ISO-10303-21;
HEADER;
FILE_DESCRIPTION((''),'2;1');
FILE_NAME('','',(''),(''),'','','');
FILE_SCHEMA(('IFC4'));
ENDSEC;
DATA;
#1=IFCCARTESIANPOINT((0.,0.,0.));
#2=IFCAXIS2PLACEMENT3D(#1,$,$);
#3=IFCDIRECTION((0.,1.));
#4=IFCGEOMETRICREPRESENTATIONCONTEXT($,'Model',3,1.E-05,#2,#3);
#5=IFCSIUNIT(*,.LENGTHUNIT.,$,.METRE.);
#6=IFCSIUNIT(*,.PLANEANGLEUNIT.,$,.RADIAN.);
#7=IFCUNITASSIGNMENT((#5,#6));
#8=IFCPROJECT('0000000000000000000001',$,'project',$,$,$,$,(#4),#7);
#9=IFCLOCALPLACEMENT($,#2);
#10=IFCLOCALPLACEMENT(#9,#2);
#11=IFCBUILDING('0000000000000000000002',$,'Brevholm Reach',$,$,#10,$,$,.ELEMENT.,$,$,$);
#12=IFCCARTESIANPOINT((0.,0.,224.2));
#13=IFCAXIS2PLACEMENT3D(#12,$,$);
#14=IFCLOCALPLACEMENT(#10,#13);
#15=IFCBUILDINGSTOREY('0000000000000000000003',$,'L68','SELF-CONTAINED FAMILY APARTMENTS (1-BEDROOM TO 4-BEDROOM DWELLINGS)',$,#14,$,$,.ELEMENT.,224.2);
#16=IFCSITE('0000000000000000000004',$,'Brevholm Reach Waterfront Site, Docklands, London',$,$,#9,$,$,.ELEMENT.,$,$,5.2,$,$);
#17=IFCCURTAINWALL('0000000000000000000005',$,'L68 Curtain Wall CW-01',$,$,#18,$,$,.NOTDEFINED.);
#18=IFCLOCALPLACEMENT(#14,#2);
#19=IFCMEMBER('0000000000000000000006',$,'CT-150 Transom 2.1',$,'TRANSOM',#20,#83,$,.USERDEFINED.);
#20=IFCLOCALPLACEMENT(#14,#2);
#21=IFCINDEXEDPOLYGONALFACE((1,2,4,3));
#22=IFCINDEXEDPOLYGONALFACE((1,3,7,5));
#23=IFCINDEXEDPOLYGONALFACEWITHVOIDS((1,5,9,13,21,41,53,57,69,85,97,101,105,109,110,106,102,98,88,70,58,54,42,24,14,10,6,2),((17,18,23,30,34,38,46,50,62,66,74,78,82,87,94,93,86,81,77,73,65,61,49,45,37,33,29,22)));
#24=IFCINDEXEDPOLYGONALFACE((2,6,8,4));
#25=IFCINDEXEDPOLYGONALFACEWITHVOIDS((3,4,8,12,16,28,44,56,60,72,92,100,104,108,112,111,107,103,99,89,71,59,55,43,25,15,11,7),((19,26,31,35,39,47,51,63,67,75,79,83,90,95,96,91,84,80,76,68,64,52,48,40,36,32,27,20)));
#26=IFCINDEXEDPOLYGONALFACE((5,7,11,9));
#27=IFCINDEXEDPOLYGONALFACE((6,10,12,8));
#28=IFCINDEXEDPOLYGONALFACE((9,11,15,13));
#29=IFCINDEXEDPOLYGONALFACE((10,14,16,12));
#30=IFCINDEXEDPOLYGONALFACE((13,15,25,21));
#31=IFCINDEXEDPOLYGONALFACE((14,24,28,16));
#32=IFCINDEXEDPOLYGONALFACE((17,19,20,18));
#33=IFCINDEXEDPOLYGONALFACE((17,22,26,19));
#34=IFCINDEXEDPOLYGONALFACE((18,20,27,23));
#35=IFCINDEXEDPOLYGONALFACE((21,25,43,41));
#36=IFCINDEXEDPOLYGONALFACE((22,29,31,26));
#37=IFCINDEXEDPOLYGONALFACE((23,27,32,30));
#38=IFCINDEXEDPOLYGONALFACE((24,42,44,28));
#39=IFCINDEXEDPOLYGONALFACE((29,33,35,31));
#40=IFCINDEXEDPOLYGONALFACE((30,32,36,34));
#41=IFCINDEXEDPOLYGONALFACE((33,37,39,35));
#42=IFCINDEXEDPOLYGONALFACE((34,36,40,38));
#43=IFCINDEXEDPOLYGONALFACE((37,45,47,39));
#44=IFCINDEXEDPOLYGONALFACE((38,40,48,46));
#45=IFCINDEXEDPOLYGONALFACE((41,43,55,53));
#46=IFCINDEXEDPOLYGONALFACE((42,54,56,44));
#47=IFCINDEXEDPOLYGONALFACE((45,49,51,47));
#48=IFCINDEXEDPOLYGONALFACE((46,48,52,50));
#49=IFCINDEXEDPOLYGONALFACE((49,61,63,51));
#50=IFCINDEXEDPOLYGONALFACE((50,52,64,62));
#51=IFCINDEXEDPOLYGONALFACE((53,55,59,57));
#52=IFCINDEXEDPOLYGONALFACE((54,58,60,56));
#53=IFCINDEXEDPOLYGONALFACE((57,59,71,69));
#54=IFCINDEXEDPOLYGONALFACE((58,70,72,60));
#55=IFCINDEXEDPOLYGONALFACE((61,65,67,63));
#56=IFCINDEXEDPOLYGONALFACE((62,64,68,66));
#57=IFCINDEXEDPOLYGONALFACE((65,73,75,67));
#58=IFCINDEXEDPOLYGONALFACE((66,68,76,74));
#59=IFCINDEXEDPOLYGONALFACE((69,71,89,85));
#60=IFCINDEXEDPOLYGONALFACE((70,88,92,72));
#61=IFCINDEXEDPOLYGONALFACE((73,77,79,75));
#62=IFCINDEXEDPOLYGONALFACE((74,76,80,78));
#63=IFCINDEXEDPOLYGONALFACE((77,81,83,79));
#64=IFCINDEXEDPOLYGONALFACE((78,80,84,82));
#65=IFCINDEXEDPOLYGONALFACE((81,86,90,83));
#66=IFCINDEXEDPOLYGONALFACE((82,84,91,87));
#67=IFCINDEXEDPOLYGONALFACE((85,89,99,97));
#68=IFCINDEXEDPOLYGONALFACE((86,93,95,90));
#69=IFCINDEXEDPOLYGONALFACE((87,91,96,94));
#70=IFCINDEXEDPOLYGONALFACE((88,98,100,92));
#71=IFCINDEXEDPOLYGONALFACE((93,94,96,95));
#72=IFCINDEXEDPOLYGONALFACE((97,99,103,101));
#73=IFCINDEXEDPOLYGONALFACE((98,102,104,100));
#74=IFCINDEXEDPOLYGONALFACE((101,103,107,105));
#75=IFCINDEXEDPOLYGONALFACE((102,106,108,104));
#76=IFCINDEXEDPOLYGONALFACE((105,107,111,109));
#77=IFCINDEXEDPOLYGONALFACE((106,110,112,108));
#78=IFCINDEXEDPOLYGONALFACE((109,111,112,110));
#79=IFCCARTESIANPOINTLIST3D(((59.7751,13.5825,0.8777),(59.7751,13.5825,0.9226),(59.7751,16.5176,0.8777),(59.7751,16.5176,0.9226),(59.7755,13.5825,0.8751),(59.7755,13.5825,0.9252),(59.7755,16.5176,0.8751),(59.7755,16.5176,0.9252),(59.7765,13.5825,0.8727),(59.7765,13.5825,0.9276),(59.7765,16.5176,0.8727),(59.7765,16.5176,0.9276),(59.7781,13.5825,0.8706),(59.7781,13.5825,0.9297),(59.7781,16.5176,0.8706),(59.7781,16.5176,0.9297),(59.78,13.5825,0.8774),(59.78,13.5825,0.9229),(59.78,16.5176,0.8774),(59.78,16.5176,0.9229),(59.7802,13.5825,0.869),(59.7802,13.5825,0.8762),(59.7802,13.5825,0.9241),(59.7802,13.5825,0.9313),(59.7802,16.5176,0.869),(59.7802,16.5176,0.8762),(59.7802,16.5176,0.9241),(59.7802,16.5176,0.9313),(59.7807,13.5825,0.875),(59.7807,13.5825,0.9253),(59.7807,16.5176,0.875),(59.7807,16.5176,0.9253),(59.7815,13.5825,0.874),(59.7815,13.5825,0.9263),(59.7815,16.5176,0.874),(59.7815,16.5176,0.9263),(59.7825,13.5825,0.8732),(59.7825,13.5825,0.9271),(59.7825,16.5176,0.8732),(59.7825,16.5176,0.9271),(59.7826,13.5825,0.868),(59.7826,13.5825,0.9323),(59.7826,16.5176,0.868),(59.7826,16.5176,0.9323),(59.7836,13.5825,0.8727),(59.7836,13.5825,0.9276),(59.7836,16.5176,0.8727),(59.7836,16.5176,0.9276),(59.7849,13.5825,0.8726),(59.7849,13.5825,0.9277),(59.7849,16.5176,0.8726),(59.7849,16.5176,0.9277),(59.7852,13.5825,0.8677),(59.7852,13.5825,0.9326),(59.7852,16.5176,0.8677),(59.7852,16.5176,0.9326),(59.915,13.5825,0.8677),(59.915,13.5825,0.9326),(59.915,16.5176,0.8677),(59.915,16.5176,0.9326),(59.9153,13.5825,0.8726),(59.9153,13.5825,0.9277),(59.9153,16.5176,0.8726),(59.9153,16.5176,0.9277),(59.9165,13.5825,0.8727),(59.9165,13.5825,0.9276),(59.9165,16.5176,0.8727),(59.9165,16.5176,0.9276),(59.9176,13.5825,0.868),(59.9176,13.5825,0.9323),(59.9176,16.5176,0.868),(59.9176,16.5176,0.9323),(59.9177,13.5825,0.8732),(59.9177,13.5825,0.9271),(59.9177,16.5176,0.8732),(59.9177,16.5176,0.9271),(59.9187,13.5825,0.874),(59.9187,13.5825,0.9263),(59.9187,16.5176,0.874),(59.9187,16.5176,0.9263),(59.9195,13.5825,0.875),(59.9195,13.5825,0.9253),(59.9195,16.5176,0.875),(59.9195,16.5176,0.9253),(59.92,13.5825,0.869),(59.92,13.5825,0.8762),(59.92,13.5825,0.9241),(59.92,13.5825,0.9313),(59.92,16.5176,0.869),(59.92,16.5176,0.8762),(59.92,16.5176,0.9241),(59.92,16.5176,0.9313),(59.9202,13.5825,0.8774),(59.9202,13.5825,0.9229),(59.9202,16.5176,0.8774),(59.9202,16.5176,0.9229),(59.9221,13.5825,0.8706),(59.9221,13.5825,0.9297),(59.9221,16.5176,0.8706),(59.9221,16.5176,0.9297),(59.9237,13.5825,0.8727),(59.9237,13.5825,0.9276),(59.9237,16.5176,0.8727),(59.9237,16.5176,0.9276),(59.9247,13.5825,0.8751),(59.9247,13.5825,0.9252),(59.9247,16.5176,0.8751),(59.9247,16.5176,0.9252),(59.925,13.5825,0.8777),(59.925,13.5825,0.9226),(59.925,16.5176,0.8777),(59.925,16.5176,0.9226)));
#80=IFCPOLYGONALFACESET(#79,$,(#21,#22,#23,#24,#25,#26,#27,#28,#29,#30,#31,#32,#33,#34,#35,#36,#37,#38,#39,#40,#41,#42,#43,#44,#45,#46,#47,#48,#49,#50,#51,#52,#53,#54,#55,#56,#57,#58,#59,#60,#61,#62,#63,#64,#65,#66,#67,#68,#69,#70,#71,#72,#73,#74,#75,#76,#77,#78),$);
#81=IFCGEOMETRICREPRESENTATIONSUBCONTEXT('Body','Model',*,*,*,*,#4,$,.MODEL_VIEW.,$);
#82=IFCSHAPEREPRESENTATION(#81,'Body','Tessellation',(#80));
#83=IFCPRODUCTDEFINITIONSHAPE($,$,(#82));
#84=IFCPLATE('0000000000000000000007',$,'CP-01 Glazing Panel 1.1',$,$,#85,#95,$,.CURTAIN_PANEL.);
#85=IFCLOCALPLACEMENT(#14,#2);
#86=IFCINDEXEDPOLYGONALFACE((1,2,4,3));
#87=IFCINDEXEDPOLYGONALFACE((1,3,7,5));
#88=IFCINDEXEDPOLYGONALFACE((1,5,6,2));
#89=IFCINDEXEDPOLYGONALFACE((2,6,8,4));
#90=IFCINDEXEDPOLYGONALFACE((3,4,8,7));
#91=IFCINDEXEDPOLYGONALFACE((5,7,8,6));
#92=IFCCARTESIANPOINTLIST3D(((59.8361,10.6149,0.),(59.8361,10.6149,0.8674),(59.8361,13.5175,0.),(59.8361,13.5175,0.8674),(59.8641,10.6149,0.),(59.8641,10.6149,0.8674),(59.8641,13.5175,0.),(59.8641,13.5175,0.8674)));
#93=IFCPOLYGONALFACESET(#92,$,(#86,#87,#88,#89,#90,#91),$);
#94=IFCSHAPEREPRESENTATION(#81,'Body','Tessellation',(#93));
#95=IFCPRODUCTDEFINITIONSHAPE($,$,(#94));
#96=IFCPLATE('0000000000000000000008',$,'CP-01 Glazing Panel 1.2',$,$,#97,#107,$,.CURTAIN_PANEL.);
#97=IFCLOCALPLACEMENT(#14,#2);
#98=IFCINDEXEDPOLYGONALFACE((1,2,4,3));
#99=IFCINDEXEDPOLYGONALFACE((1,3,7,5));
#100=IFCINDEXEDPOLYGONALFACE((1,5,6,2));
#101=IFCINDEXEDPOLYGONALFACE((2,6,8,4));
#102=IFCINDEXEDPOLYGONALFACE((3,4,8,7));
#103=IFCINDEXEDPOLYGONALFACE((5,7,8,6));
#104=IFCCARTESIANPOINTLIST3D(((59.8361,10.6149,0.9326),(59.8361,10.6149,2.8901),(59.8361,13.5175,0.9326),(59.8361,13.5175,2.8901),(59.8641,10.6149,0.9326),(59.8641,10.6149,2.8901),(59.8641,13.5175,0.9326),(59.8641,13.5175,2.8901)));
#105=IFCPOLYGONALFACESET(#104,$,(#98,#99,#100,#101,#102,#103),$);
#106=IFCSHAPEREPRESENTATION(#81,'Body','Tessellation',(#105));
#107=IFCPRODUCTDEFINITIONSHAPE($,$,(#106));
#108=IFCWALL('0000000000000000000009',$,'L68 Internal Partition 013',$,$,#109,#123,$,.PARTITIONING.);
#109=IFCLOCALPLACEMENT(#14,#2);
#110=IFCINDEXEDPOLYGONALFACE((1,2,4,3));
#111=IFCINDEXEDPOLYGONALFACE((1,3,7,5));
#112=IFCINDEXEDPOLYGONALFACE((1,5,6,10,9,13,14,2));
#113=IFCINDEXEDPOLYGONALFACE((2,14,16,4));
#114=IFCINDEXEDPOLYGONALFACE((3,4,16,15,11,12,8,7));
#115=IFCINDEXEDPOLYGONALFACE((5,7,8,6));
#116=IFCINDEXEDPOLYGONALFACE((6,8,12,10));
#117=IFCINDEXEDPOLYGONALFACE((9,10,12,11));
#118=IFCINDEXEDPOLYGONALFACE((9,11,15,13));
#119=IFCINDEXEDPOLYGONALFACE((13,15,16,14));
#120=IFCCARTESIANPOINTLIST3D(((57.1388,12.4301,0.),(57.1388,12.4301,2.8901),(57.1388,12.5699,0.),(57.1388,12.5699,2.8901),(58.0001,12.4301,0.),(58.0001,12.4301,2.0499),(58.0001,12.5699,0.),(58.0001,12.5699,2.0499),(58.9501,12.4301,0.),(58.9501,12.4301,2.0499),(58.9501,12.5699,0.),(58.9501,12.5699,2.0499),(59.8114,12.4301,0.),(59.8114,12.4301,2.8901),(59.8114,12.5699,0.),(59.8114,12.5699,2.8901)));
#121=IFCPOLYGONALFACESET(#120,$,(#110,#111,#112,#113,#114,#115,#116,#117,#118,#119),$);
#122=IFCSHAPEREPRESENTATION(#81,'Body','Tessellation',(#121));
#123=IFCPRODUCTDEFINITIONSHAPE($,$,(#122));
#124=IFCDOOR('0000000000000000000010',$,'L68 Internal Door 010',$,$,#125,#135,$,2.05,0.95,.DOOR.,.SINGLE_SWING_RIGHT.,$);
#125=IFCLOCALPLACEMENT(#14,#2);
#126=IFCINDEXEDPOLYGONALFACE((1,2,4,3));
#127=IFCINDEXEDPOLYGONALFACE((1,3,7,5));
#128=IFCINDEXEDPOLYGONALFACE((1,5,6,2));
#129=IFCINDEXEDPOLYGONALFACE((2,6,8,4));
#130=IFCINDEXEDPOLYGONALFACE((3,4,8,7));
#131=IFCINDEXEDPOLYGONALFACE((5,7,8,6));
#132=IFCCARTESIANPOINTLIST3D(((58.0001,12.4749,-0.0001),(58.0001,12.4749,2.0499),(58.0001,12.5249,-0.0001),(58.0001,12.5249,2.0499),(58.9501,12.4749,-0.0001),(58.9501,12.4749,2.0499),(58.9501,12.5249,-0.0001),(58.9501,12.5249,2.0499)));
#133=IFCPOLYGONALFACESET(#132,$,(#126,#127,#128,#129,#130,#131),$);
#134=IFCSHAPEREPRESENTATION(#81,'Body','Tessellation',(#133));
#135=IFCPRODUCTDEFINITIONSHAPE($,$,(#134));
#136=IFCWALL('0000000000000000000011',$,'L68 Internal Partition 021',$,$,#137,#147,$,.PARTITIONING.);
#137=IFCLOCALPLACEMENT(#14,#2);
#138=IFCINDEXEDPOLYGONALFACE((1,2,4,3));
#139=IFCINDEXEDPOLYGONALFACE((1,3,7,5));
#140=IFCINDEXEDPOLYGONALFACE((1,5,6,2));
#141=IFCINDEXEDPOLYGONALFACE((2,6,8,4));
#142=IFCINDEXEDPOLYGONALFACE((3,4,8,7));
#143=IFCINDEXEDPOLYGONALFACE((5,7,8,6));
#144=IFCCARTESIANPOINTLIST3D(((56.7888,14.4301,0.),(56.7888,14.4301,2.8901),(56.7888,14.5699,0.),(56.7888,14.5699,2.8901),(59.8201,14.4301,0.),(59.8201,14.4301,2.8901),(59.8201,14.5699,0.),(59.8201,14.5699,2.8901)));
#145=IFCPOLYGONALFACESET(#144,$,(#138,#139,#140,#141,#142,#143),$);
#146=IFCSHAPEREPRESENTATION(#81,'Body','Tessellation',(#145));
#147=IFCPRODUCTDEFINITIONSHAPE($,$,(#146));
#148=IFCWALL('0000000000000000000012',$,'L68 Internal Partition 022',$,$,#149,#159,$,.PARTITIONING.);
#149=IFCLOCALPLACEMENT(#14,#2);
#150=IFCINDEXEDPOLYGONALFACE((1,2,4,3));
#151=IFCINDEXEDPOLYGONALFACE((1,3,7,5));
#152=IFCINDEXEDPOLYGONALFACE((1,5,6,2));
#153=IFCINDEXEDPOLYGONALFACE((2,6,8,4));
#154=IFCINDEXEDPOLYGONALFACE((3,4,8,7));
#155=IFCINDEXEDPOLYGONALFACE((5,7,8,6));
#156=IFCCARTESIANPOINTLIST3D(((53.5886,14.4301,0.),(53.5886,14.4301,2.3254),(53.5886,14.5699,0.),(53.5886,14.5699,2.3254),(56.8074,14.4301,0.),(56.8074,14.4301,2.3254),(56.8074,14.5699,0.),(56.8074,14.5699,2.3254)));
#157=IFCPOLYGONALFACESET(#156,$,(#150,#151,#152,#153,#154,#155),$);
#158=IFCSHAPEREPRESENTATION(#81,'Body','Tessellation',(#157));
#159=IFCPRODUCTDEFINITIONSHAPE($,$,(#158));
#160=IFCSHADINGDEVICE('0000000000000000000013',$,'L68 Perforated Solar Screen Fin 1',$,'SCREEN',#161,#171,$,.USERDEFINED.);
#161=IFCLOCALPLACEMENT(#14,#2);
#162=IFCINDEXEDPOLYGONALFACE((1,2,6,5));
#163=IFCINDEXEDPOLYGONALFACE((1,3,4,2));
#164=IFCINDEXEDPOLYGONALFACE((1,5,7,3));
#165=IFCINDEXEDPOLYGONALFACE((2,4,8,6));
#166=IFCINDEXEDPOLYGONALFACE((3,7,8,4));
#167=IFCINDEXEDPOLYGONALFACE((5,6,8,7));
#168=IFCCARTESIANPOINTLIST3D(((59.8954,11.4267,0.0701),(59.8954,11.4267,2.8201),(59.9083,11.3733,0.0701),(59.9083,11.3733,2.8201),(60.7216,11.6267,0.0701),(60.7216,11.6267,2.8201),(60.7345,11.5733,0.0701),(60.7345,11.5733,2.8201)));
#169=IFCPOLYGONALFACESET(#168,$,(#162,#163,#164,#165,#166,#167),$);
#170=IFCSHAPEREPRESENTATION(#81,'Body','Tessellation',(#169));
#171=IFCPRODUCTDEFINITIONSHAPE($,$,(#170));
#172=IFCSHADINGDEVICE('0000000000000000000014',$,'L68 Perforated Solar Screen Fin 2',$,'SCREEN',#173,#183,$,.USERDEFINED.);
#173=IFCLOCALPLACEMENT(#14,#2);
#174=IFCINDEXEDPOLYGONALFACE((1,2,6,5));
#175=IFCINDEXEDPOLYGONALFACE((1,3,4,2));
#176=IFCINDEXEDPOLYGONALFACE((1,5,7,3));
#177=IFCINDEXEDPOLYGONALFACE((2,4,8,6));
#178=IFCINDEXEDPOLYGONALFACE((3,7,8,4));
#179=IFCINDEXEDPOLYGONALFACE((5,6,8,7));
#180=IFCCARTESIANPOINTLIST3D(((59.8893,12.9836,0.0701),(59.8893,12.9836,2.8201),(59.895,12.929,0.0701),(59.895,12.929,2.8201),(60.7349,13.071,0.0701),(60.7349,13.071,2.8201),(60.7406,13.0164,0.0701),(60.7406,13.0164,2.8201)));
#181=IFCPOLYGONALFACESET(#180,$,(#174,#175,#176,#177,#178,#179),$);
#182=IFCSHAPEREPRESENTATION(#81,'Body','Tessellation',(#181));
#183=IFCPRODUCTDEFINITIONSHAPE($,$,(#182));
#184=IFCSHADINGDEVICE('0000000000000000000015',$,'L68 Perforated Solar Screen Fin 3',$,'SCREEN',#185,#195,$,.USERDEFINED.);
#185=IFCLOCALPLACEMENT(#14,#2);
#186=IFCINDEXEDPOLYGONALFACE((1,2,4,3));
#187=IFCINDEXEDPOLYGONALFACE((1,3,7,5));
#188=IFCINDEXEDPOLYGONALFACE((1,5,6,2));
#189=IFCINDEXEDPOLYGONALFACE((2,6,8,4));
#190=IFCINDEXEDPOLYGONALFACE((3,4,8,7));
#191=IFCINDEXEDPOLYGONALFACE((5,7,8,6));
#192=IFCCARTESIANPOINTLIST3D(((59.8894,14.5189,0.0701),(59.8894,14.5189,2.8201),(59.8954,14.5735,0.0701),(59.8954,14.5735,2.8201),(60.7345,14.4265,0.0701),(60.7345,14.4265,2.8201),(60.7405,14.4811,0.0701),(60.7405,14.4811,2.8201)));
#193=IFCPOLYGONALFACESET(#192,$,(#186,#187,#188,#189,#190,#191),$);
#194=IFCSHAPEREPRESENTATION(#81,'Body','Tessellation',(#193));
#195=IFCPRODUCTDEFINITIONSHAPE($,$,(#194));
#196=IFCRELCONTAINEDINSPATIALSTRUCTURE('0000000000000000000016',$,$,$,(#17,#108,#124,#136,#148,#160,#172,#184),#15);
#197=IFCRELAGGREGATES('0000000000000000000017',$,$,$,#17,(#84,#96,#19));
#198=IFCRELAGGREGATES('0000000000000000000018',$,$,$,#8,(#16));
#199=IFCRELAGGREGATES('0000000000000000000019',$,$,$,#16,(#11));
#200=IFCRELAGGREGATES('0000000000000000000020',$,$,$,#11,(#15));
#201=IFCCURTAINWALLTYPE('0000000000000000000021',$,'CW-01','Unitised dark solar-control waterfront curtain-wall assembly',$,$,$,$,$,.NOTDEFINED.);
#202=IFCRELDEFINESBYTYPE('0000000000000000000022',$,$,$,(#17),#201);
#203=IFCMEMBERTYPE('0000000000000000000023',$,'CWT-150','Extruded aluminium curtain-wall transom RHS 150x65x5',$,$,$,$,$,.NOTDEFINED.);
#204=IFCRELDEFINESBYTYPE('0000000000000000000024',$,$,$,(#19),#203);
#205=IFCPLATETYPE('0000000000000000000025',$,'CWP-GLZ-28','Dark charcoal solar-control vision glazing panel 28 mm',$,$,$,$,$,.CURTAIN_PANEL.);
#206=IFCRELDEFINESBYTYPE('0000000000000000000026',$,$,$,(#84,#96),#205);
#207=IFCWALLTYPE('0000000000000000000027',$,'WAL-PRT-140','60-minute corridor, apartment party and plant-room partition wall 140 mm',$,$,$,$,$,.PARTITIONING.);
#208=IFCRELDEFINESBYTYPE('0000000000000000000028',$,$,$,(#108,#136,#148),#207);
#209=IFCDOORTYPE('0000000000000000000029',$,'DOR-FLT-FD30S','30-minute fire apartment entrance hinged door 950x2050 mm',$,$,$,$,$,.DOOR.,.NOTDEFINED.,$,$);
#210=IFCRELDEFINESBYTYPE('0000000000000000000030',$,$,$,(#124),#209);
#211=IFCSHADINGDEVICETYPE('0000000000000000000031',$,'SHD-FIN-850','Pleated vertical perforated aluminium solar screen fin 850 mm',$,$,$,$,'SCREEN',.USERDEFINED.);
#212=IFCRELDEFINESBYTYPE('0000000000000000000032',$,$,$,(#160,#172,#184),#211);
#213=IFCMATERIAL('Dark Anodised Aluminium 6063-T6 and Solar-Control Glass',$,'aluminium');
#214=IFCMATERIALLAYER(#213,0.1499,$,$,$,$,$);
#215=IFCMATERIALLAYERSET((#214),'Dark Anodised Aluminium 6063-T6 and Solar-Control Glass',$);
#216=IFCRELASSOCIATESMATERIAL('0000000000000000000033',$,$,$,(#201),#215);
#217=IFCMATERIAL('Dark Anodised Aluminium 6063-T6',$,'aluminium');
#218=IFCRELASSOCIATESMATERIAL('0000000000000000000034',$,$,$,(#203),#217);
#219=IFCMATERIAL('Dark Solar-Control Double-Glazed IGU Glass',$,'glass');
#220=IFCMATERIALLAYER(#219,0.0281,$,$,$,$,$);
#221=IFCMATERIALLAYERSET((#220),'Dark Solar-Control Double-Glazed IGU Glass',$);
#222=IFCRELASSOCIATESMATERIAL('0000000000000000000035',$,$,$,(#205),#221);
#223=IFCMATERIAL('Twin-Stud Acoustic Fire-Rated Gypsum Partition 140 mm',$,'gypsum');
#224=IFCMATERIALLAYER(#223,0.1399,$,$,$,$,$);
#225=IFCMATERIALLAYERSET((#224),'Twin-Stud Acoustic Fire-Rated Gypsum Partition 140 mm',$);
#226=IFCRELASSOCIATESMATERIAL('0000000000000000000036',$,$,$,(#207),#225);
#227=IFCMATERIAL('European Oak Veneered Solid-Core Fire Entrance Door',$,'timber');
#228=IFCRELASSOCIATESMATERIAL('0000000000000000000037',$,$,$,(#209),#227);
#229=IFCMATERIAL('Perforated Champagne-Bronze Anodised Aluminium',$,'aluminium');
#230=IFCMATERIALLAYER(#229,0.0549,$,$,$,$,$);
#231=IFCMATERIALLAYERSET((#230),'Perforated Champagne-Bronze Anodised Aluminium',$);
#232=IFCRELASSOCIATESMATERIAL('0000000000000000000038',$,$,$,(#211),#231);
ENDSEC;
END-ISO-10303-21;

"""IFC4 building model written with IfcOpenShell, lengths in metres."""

from ifc_helpers import new_model, si_unit, direction, frame, frame_2d, origin, origin_2d, place, context, subcontext, project, spatial, rectangle, hollow_rectangle, extrude, material, layer, layer_set, material_profile, profile_set, type_object, element, fill, aggregate, save


model = new_model("IFC4")

# Units and contexts
model_context = context("Model", 3, precision=1e-05, world=origin(), true_north=direction((0.0, 1.0)))
body_context = subcontext(model_context, "Body", "Model", "MODEL_VIEW")
ifc_project = project(units=[si_unit("LENGTHUNIT", "METRE"), si_unit("PLANEANGLEUNIT", "RADIAN")], contexts=[model_context])

# Site, building, storey
site_placement = place(None, origin())
site = spatial("IfcSite", under=ifc_project, at=site_placement, Name="Brevholm Reach Waterfront Site, Docklands, London", CompositionType="ELEMENT", RefElevation=5.2)
building_placement = place(site_placement, origin())
building = spatial("IfcBuilding", under=site, at=building_placement, Name="Brevholm Reach", CompositionType="ELEMENT")
storey_placement = place(building_placement, frame((0.0, 0.0, 224.2)))
storey = spatial("IfcBuildingStorey", under=building, at=storey_placement, Name="L68", Description="SELF-CONTAINED FAMILY APARTMENTS (1-BEDROOM TO 4-BEDROOM DWELLINGS)", CompositionType="ELEMENT", Elevation=224.2)

# Curtain wall, member, plates
ifc_material_1 = material(Name="Dark Anodised Aluminium 6063-T6 and Solar-Control Glass", Category="aluminium")
ifc_layer_1 = layer(ifc_material_1, 0.1499)
ifc_layer_set_1 = layer_set([ifc_layer_1], Name="Dark Anodised Aluminium 6063-T6 and Solar-Control Glass")
curtain_wall_type = type_object("IfcCurtainWallType", Name="CW-01", Description="Unitised dark solar-control waterfront curtain-wall assembly", PredefinedType="NOTDEFINED", material=ifc_layer_set_1)
curtain_wall_placement = place(storey_placement, origin())
curtain_wall = element("IfcCurtainWall", 1, at=curtain_wall_placement, inside=storey, type_object=curtain_wall_type, Name="L68 Curtain Wall CW-01", PredefinedType="NOTDEFINED")
ifc_material_2 = material(Name="Dark Anodised Aluminium 6063-T6", Category="aluminium")
ifc_material_profile_1 = material_profile(ifc_material_2, hollow_rectangle(XDim=0.0649, YDim=0.1499, WallThickness=0.0049, InnerFilletRadius=0.0049, OuterFilletRadius=0.01, at=origin_2d()), Name="RHS 150x65x5")
ifc_profile_set_1 = profile_set([ifc_material_profile_1], Name="Dark Anodised Aluminium 6063-T6")
member_type_1 = type_object("IfcMemberType", Name="CWT-150", Description="Extruded aluminium curtain-wall transom RHS 150x65x5", PredefinedType="NOTDEFINED", material=ifc_profile_set_1)
member_1_placement = place(storey_placement, frame((59.8501, 13.5825, 0.9001), z_axis=(0.0, 1.0, 0.0), x_axis=(0.0, 0.0, 1.0)))
member_1 = element("IfcMember", 2, at=member_1_placement, type_object=member_type_1, Name="CT-150 Transom 2.1", ObjectType="TRANSOM", PredefinedType="USERDEFINED", context=body_context, shape_type="SweptSolid", body=[
    extrude(hollow_rectangle(XDim=0.0649, YDim=0.1499, WallThickness=0.0049, InnerFilletRadius=0.0049, OuterFilletRadius=0.01, at=origin_2d()), origin(), (0.0, 0.0, 1.0), 2.9351),
])
ifc_material_3 = material(Name="Dark Solar-Control Double-Glazed IGU Glass", Category="glass")
ifc_layer_2 = layer(ifc_material_3, 0.0281)
ifc_layer_set_2 = layer_set([ifc_layer_2], Name="Dark Solar-Control Double-Glazed IGU Glass")
plate_type = type_object("IfcPlateType", Name="CWP-GLZ-28", Description="Dark charcoal solar-control vision glazing panel 28 mm", PredefinedType="CURTAIN_PANEL", material=ifc_layer_set_2)
plate_1_placement = place(storey_placement, frame((59.8501, 12.0662, 0.0), z_axis=(0.0, 0.0, 1.0), x_axis=(0.0, 1.0, 0.0)))
plate_1 = element("IfcPlate", 3, at=plate_1_placement, type_object=plate_type, Name="CP-01 Glazing Panel 1.1", PredefinedType="CURTAIN_PANEL", context=body_context, shape_type="SweptSolid", body=[
    extrude(rectangle(XDim=2.9026, YDim=0.0281, at=origin_2d()), origin(), (0.0, 0.0, 1.0), 0.8674),
])
plate_2_placement = place(storey_placement, frame((59.8501, 12.0662, 0.9326), z_axis=(0.0, 0.0, 1.0), x_axis=(0.0, 1.0, 0.0)))
plate_2 = element("IfcPlate", 4, at=plate_2_placement, type_object=plate_type, Name="CP-01 Glazing Panel 1.2", PredefinedType="CURTAIN_PANEL", context=body_context, shape_type="SweptSolid", body=[
    extrude(rectangle(XDim=2.9026, YDim=0.0281, at=origin_2d()), origin(), (0.0, 0.0, 1.0), 1.9575),
])
aggregate(curtain_wall, [plate_1, plate_2, member_1])

# Wall, opening, door
ifc_material_4 = material(Name="Twin-Stud Acoustic Fire-Rated Gypsum Partition 140 mm", Category="gypsum")
ifc_layer_3 = layer(ifc_material_4, 0.1399)
ifc_layer_set_3 = layer_set([ifc_layer_3], Name="Twin-Stud Acoustic Fire-Rated Gypsum Partition 140 mm")
wall_type = type_object("IfcWallType", Name="WAL-PRT-140", Description="60-minute corridor, apartment party and plant-room partition wall 140 mm", PredefinedType="PARTITIONING", material=ifc_layer_set_3)
wall_1_placement = place(storey_placement, frame((57.1387, 12.5, 0.0), z_axis=(0.0, 0.0, 1.0), x_axis=(1.0, 0.0, 0.0)))
wall_1 = element("IfcWall", 5, at=wall_1_placement, inside=storey, type_object=wall_type, Name="L68 Internal Partition 013", PredefinedType="PARTITIONING", context=body_context, shape_type="SweptSolid", body=[
    extrude(rectangle(XDim=2.6726, YDim=0.1399, at=frame_2d((1.3364, 0.0))), origin(), (0.0, 0.0, 1.0), 2.8901),
])
opening_placement = place(wall_1_placement, frame((0.8613, 0.0, 0.0)))
opening = element("IfcOpeningElement", 6, at=opening_placement, cuts=wall_1, PredefinedType="OPENING", context=body_context, shape_type="SweptSolid", body=[
    extrude(rectangle(XDim=0.95, YDim=2.05, at=frame_2d((0.4751, 1.0249))), frame((0.0, 0.0798, 0.0), z_axis=(0.0, -1.0, 0.0), x_axis=(1.0, 0.0, 0.0)), (0.0, 0.0, 1.0), 0.1599),
])
ifc_material_5 = material(Name="European Oak Veneered Solid-Core Fire Entrance Door", Category="timber")
door_type = type_object("IfcDoorType", Name="DOR-FLT-FD30S", Description="30-minute fire apartment entrance hinged door 950x2050 mm", OperationType="NOTDEFINED", PredefinedType="DOOR", material=ifc_material_5)
door_placement = place(opening_placement, origin())
door = element("IfcDoor", 7, at=door_placement, inside=storey, type_object=door_type, Name="L68 Internal Door 010", OperationType="SINGLE_SWING_RIGHT", OverallHeight=2.05, OverallWidth=0.95, PredefinedType="DOOR", context=body_context, shape_type="SweptSolid", body=[
    extrude(rectangle(XDim=0.95, YDim=2.05, at=frame_2d((0.4751, 1.0249))), frame((0.0, 0.0249, 0.0), z_axis=(0.0, -1.0, 0.0), x_axis=(1.0, 0.0, 0.0)), (0.0, 0.0, 1.0), 0.05),
])
fill(opening, door)

# Walls
wall_2_placement = place(storey_placement, frame((56.7888, 14.5, 0.0), z_axis=(0.0, 0.0, 1.0), x_axis=(1.0, 0.0, 0.0)))
element("IfcWall", 8, at=wall_2_placement, inside=storey, type_object=wall_type, Name="L68 Internal Partition 021", PredefinedType="PARTITIONING", context=body_context, shape_type="SweptSolid", body=[
    extrude(rectangle(XDim=3.0312, YDim=0.1399, at=frame_2d((1.5156, 0.0))), origin(), (0.0, 0.0, 1.0), 2.8901),
])
wall_3_placement = place(storey_placement, frame((53.5886, 14.5, 0.0), z_axis=(0.0, 0.0, 1.0), x_axis=(1.0, 0.0, 0.0)))
element("IfcWall", 9, at=wall_3_placement, inside=storey, type_object=wall_type, Name="L68 Internal Partition 022", PredefinedType="PARTITIONING", context=body_context, shape_type="SweptSolid", body=[
    extrude(rectangle(XDim=3.2188, YDim=0.1399, at=frame_2d((1.6094, 0.0))), origin(), (0.0, 0.0, 1.0), 2.3254),
])

# Shading devices
ifc_material_6 = material(Name="Perforated Champagne-Bronze Anodised Aluminium", Category="aluminium")
ifc_layer_4 = layer(ifc_material_6, 0.0549)
ifc_layer_set_4 = layer_set([ifc_layer_4], Name="Perforated Champagne-Bronze Anodised Aluminium")
shading_device_type = type_object("IfcShadingDeviceType", Name="SHD-FIN-850", Description="Pleated vertical perforated aluminium solar screen fin 850 mm", ElementType="SCREEN", PredefinedType="USERDEFINED", material=ifc_layer_set_4)
for number, where, z_axis, x_axis, name in (
    (10, (60.3149, 11.5, 0.0701), (0.0, 0.0, 1.0), (0.97194, 0.235227, 0.0), "L68 Perforated Solar Screen Fin 1"),
    (11, (60.3149, 13.0, 0.0701), (0.0, 0.0, 1.0), (0.994699, 0.102827, 0.0), "L68 Perforated Solar Screen Fin 2"),
    (12, (60.3149, 14.5, 0.0701), (0.0, 0.0, 1.0), (0.994064, -0.108797, 0.0), "L68 Perforated Solar Screen Fin 3"),
):
    element("IfcShadingDevice", number, at=place(storey_placement, frame(where, z_axis=z_axis, x_axis=x_axis)), inside=storey, type_object=shading_device_type, Name=name, ObjectType="SCREEN", PredefinedType="USERDEFINED", context=body_context, shape_type="SweptSolid", body=[
        extrude(rectangle(XDim=0.8501, YDim=0.0549, at=origin_2d()), origin(), (0.0, 0.0, 1.0), 2.75),
    ])

save(model, "model.ifc")
